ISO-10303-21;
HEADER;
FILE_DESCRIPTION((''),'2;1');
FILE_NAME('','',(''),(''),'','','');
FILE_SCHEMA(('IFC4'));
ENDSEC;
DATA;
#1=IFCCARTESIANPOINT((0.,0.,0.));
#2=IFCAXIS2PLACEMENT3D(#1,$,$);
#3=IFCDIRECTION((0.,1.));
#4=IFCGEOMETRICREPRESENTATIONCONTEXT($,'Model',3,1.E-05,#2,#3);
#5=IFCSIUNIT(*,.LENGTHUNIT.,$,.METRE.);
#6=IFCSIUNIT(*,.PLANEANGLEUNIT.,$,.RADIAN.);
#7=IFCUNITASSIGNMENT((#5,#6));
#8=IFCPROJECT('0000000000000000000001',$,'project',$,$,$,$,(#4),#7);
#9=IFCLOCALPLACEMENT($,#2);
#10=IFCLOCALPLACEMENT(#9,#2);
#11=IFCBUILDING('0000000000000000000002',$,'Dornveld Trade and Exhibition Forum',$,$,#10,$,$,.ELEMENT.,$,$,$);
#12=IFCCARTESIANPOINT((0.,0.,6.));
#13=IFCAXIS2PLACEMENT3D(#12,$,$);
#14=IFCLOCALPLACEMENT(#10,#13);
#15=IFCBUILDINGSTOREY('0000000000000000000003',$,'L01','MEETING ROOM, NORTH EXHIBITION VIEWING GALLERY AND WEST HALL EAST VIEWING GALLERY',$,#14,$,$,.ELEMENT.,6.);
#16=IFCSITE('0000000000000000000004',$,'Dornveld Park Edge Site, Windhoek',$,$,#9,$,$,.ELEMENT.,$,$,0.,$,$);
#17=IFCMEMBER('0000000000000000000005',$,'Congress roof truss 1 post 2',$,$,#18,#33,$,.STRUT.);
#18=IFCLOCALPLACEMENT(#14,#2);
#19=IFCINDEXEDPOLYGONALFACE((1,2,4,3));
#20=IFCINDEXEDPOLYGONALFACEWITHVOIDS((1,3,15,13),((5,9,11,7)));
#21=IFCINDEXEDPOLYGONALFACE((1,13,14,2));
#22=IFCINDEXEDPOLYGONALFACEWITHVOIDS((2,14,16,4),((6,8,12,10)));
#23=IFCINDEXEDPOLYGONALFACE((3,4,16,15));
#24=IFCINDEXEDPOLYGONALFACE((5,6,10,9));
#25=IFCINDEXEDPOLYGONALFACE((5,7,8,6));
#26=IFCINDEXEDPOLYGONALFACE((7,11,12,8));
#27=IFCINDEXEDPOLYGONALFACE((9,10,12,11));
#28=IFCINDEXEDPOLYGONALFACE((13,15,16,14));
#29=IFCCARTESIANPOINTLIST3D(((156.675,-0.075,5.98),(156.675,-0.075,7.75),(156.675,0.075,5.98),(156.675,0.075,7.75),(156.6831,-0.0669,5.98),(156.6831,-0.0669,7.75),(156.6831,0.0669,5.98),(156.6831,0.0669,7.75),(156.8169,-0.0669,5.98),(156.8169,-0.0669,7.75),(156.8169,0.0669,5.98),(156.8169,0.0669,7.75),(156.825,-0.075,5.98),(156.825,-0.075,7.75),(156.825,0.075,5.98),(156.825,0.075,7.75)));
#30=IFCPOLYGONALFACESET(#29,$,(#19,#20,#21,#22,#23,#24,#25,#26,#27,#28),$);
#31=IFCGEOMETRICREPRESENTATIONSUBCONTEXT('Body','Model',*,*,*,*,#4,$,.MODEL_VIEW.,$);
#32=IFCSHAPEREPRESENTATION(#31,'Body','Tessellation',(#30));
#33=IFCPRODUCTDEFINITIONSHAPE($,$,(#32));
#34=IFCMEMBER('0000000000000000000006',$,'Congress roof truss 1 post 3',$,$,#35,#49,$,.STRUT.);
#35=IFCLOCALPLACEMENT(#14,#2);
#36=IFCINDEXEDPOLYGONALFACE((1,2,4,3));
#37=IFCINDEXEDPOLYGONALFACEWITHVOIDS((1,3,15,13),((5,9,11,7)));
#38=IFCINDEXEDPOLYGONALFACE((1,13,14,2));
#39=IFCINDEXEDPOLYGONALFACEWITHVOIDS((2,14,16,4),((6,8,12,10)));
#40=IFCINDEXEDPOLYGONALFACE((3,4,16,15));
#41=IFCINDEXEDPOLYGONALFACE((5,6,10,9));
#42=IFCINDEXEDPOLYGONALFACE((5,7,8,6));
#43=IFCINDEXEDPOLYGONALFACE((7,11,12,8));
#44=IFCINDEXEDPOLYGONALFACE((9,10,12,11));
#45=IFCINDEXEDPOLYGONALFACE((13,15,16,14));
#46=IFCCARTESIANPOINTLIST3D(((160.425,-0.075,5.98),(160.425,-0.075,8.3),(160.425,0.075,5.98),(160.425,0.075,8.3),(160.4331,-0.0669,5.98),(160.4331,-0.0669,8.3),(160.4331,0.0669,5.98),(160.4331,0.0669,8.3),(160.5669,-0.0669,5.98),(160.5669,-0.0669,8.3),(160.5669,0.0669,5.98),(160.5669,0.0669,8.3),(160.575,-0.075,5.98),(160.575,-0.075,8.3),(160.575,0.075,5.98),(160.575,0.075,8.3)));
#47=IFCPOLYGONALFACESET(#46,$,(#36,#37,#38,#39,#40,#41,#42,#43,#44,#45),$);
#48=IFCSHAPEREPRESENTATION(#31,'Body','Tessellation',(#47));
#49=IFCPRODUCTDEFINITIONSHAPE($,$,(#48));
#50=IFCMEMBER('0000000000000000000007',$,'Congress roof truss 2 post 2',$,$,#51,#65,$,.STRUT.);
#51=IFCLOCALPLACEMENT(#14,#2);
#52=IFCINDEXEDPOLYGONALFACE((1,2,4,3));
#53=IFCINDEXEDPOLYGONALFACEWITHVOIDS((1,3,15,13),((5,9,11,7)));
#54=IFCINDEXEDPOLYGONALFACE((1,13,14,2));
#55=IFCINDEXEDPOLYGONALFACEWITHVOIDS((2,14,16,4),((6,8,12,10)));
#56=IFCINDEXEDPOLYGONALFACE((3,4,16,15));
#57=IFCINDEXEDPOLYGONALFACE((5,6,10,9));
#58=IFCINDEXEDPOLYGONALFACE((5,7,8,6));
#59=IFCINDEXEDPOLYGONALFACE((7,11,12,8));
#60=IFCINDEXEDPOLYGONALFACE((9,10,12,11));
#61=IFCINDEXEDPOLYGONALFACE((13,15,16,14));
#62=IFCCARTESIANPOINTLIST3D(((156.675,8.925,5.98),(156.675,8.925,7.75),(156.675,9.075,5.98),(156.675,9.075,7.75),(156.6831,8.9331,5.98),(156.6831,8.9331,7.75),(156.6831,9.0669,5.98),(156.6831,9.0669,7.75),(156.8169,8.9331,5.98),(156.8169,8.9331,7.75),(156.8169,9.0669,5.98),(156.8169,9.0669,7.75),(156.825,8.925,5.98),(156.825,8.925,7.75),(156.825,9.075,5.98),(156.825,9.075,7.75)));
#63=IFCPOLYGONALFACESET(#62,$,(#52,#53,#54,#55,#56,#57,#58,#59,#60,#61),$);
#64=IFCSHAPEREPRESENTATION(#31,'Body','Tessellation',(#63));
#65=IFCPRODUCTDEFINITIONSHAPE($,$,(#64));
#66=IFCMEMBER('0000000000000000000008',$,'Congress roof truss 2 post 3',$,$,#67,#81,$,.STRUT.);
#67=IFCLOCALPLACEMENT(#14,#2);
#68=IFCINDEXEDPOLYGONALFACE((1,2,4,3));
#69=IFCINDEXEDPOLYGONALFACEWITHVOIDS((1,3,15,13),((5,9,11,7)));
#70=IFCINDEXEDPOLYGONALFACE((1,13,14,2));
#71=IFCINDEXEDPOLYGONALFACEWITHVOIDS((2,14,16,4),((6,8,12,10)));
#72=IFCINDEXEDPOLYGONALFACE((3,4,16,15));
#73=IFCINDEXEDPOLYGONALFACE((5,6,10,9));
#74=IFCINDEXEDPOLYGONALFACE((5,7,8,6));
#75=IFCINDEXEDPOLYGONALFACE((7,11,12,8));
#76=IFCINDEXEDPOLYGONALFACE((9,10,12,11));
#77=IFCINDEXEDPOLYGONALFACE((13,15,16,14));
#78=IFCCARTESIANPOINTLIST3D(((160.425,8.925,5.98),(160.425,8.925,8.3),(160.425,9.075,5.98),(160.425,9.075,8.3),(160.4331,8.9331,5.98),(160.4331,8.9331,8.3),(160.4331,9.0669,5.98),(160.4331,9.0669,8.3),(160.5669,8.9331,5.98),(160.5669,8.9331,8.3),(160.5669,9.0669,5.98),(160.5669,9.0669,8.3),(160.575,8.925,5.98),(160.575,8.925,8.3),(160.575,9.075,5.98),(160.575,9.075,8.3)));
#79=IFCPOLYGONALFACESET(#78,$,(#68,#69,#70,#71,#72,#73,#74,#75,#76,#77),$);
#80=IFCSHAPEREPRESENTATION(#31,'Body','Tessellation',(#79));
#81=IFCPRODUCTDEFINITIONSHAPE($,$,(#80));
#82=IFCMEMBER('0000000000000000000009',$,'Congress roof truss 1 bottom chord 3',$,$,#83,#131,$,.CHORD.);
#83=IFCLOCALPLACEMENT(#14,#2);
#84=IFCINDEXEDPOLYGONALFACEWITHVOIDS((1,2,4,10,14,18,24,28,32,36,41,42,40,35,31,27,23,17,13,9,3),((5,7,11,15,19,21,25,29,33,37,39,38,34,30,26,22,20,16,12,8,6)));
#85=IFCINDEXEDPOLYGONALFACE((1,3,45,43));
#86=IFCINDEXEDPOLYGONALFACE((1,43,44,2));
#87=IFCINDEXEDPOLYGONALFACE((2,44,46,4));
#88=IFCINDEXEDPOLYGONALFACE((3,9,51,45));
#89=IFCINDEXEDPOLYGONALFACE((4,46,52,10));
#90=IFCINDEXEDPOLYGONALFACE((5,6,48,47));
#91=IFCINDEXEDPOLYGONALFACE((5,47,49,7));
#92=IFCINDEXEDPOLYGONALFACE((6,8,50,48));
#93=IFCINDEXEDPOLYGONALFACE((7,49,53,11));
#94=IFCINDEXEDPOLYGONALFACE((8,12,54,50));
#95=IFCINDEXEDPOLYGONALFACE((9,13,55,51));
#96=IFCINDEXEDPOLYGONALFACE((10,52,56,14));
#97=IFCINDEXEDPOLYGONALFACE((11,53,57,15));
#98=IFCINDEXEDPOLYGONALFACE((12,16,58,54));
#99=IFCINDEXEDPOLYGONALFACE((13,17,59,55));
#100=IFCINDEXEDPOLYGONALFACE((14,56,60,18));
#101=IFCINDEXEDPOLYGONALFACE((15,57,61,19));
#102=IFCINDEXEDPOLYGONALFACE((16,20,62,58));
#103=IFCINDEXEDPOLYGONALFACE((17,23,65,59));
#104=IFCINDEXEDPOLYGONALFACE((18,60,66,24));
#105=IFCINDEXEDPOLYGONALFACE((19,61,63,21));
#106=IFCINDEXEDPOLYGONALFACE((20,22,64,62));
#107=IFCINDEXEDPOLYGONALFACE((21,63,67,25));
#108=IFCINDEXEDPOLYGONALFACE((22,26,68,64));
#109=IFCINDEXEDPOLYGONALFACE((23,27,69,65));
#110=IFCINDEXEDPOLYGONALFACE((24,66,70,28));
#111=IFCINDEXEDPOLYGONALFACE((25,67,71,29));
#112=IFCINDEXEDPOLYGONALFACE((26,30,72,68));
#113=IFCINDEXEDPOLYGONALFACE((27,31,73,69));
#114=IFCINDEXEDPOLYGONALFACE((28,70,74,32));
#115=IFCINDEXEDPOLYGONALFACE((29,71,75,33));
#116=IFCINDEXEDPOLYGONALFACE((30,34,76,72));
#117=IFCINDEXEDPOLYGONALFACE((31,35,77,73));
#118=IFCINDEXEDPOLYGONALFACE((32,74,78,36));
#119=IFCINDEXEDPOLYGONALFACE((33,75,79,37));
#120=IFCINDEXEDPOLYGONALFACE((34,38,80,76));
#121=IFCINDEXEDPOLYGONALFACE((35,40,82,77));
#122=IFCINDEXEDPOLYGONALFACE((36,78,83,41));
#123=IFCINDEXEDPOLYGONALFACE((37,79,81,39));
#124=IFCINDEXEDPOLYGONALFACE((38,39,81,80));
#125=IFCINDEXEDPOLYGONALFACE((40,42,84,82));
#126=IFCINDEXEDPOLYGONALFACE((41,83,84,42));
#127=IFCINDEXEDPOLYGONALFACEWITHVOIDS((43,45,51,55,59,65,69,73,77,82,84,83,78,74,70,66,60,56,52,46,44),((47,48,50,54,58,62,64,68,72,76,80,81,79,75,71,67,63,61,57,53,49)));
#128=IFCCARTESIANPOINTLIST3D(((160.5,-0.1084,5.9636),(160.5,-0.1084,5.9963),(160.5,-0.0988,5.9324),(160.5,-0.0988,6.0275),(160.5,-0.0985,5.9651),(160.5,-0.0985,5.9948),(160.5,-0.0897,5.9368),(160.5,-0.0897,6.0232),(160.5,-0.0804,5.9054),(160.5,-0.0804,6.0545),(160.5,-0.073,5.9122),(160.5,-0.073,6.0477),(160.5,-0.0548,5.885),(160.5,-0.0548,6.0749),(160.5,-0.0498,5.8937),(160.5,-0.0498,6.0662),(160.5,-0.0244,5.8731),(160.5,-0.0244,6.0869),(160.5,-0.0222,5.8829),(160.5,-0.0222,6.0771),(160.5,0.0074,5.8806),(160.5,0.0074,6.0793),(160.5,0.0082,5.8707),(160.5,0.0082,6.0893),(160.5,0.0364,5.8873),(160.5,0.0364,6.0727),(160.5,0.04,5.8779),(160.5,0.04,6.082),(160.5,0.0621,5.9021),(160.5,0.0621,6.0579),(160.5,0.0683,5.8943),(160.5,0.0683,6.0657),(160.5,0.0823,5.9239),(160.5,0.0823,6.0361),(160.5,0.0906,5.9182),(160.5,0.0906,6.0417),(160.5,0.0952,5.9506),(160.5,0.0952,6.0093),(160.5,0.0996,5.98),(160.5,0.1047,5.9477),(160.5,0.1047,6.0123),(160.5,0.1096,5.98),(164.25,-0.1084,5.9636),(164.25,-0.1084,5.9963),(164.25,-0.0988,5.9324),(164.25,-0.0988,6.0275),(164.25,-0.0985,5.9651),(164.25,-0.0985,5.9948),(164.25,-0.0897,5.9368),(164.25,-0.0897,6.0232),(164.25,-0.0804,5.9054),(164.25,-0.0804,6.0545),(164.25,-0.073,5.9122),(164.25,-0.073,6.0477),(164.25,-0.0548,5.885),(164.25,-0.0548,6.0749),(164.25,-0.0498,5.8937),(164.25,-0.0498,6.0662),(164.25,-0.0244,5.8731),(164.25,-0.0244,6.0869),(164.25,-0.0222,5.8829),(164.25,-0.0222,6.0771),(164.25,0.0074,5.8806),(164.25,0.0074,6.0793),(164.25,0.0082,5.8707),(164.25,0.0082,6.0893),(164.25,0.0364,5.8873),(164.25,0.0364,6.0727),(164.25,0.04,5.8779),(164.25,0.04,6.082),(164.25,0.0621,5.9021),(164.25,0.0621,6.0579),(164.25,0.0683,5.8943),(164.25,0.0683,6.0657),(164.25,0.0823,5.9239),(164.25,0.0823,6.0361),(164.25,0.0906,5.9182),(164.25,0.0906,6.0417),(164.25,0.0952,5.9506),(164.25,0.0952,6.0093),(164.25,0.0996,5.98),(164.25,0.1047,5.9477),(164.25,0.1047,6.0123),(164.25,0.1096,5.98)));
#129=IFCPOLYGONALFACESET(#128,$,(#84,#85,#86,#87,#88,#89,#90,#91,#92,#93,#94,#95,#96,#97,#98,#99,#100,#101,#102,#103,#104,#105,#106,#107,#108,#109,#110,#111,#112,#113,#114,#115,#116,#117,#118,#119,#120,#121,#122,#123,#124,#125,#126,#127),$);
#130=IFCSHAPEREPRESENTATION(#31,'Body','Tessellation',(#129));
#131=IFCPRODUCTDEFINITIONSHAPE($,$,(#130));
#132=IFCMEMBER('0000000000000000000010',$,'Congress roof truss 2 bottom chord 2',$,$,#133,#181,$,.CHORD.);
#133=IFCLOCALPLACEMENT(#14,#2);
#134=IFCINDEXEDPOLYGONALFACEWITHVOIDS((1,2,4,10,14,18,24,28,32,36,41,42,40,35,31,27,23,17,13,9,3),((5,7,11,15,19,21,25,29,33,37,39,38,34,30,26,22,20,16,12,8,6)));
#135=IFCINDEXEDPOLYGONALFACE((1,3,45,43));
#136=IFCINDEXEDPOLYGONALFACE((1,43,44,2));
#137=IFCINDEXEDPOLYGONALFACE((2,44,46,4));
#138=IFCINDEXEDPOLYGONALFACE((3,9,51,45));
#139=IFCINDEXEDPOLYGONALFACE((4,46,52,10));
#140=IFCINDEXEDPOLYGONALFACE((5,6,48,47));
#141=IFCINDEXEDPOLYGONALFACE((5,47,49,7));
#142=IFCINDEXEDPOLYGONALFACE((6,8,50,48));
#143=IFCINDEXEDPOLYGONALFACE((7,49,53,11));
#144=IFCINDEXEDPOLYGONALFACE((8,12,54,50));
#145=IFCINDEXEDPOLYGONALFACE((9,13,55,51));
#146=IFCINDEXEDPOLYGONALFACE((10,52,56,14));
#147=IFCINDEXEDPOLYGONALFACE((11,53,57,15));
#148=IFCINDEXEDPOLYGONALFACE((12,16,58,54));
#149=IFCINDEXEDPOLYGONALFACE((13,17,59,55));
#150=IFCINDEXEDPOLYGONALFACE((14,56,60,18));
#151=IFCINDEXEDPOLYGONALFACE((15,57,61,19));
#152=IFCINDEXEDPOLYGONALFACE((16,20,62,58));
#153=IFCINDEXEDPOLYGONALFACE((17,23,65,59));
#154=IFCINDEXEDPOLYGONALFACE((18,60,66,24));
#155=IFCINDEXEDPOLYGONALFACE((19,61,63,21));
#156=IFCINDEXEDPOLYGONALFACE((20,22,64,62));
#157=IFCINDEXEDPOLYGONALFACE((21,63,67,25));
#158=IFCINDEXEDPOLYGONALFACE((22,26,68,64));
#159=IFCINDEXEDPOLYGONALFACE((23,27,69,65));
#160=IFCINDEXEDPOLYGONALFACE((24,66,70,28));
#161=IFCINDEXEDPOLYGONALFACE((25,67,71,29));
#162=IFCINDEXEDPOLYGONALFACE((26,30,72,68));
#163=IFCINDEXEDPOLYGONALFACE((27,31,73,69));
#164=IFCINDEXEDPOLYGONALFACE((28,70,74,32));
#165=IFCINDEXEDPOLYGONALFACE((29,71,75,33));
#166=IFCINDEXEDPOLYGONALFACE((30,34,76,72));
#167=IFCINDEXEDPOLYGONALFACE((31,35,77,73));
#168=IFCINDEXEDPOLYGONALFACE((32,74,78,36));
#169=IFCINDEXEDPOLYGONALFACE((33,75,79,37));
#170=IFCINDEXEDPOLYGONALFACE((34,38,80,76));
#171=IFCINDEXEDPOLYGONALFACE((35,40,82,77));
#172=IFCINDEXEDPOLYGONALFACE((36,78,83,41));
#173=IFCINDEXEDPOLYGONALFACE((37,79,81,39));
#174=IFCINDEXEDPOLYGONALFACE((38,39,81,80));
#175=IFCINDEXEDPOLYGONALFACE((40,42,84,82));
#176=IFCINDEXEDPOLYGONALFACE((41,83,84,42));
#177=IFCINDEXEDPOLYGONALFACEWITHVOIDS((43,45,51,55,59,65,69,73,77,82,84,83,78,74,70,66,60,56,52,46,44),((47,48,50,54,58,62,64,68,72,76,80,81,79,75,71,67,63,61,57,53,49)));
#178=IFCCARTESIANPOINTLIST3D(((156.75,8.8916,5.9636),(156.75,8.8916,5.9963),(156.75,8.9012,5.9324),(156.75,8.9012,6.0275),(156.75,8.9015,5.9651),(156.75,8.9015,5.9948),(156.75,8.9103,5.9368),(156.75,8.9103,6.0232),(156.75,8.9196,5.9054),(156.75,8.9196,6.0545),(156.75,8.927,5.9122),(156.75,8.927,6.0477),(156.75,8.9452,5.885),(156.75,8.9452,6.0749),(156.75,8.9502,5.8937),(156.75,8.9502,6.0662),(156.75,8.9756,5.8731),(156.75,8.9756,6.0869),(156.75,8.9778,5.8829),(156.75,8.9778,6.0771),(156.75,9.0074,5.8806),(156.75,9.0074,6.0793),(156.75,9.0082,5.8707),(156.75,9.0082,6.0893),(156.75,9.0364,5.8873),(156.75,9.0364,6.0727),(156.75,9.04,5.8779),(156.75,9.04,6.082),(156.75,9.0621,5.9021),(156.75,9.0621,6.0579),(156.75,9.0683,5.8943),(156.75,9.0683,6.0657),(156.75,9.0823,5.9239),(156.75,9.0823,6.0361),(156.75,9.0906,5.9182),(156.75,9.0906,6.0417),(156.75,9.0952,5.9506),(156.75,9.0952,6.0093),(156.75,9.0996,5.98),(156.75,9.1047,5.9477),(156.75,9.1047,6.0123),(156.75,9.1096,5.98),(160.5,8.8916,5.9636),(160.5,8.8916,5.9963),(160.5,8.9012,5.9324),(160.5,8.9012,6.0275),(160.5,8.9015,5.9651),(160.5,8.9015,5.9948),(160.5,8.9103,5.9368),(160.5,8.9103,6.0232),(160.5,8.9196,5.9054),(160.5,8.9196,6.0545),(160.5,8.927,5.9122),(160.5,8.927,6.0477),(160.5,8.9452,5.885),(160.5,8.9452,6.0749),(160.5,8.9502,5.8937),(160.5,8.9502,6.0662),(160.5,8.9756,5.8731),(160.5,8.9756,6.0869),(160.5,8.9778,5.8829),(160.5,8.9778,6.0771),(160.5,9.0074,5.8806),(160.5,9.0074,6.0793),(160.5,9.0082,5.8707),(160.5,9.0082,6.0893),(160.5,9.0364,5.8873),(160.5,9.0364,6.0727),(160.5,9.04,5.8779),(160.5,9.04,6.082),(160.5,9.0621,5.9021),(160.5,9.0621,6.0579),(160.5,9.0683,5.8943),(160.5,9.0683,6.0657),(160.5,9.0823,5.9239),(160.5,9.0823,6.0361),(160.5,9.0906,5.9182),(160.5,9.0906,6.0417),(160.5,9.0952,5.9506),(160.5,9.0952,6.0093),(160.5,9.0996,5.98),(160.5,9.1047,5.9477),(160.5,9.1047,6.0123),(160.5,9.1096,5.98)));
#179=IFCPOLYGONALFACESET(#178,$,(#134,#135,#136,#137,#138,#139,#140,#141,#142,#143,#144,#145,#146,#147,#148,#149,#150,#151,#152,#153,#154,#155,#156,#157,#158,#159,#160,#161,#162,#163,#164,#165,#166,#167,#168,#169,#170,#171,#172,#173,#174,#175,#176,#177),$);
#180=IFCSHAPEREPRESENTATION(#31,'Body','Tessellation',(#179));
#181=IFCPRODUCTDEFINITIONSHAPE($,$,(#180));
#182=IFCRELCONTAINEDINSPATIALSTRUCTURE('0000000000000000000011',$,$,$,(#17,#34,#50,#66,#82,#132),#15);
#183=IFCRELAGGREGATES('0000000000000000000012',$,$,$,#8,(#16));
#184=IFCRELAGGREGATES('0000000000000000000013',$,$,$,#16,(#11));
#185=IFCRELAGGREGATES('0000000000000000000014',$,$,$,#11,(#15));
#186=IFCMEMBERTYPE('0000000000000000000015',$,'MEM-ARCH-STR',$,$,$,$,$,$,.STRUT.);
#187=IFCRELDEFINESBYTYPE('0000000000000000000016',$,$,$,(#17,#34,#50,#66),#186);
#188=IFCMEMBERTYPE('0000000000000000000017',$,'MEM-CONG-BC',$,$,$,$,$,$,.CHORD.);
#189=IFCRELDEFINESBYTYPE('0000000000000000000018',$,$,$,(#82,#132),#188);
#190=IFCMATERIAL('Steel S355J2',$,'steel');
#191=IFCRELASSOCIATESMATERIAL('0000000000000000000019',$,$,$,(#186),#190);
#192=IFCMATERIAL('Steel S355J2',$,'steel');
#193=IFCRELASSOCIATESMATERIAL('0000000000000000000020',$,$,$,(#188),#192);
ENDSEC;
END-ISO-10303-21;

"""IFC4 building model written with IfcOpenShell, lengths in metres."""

from ifc_helpers import new_model, si_unit, direction, frame, origin, origin_2d, place, context, subcontext, project, spatial, hollow_rectangle, hollow_circle, extrude, material, material_profile, profile_set, type_object, element, save


model = new_model("IFC4")

# Units and contexts
model_context = context("Model", 3, precision=1e-05, world=origin(), true_north=direction((0.0, 1.0)))
body_context = subcontext(model_context, "Body", "Model", "MODEL_VIEW")
ifc_project = project(units=[si_unit("LENGTHUNIT", "METRE"), si_unit("PLANEANGLEUNIT", "RADIAN")], contexts=[model_context])

# Site, building, storey
site_placement = place(None, origin())
site = spatial("IfcSite", under=ifc_project, at=site_placement, Name="Dornveld Park Edge Site, Windhoek", CompositionType="ELEMENT", RefElevation=0.0)
building_placement = place(site_placement, origin())
building = spatial("IfcBuilding", under=site, at=building_placement, Name="Dornveld Trade and Exhibition Forum", CompositionType="ELEMENT")
storey_placement = place(building_placement, frame((0.0, 0.0, 6.0)))
storey = spatial("IfcBuildingStorey", under=building, at=storey_placement, Name="L01", Description="MEETING ROOM, NORTH EXHIBITION VIEWING GALLERY AND WEST HALL EAST VIEWING GALLERY", CompositionType="ELEMENT", Elevation=6.0)

# Members
ifc_material_1 = material(Name="Steel S355J2", Category="steel")
ifc_material_profile_1 = material_profile(ifc_material_1, hollow_rectangle(XDim=0.1499, YDim=0.1499, WallThickness=0.0081, at=origin_2d()), Name="SHS 150x150x8")
ifc_profile_set_1 = profile_set([ifc_material_profile_1], Name="Steel S355J2")
member_type_1 = type_object("IfcMemberType", Name="MEM-ARCH-STR", PredefinedType="STRUT", material=ifc_profile_set_1)
member_1_placement = place(storey_placement, frame((156.75, 0.0, 5.98), z_axis=(0.0, 0.0, 1.0), x_axis=(1.0, 0.0, 0.0)))
element("IfcMember", 1, at=member_1_placement, inside=storey, type_object=member_type_1, Name="Congress roof truss 1 post 2", PredefinedType="STRUT", context=body_context, shape_type="SweptSolid", body=[
    extrude(hollow_rectangle(XDim=0.1499, YDim=0.1499, WallThickness=0.0081, at=origin_2d()), origin(), (0.0, 0.0, 1.0), 1.77),
])
member_2_placement = place(storey_placement, frame((160.5, 0.0, 5.98), z_axis=(0.0, 0.0, 1.0), x_axis=(1.0, 0.0, 0.0)))
element("IfcMember", 2, at=member_2_placement, inside=storey, type_object=member_type_1, Name="Congress roof truss 1 post 3", PredefinedType="STRUT", context=body_context, shape_type="SweptSolid", body=[
    extrude(hollow_rectangle(XDim=0.1499, YDim=0.1499, WallThickness=0.0081, at=origin_2d()), origin(), (0.0, 0.0, 1.0), 2.3201),
])
member_3_placement = place(storey_placement, frame((156.75, 9.0, 5.98), z_axis=(0.0, 0.0, 1.0), x_axis=(1.0, 0.0, 0.0)))
element("IfcMember", 3, at=member_3_placement, inside=storey, type_object=member_type_1, Name="Congress roof truss 2 post 2", PredefinedType="STRUT", context=body_context, shape_type="SweptSolid", body=[
    extrude(hollow_rectangle(XDim=0.1499, YDim=0.1499, WallThickness=0.0081, at=origin_2d()), origin(), (0.0, 0.0, 1.0), 1.77),
])
member_4_placement = place(storey_placement, frame((160.5, 9.0, 5.98), z_axis=(0.0, 0.0, 1.0), x_axis=(1.0, 0.0, 0.0)))
element("IfcMember", 4, at=member_4_placement, inside=storey, type_object=member_type_1, Name="Congress roof truss 2 post 3", PredefinedType="STRUT", context=body_context, shape_type="SweptSolid", body=[
    extrude(hollow_rectangle(XDim=0.1499, YDim=0.1499, WallThickness=0.0081, at=origin_2d()), origin(), (0.0, 0.0, 1.0), 2.3201),
])
ifc_material_2 = material(Name="Steel S355J2", Category="steel")
ifc_material_profile_2 = material_profile(ifc_material_2, hollow_circle(Radius=0.1096, WallThickness=0.01, at=origin_2d()), Name="CHS 219.1x10")
ifc_profile_set_2 = profile_set([ifc_material_profile_2], Name="Steel S355J2")
member_type_2 = type_object("IfcMemberType", Name="MEM-CONG-BC", PredefinedType="CHORD", material=ifc_profile_set_2)
for number, where, z_axis, x_axis, name in (
    (5, (160.5, 0.0, 5.98), (1.0, 0.0, 0.0), (0.0, 1.0, 0.0), "Congress roof truss 1 bottom chord 3"),
    (6, (156.75, 9.0, 5.98), (1.0, 0.0, 0.0), (0.0, 1.0, 0.0), "Congress roof truss 2 bottom chord 2"),
):
    element("IfcMember", number, at=place(storey_placement, frame(where, z_axis=z_axis, x_axis=x_axis)), inside=storey, type_object=member_type_2, Name=name, PredefinedType="CHORD", context=body_context, shape_type="SweptSolid", body=[
        extrude(hollow_circle(Radius=0.1096, WallThickness=0.01, at=origin_2d()), origin(), (0.0, 0.0, 1.0), 3.75),
    ])

save(model, "model.ifc")
